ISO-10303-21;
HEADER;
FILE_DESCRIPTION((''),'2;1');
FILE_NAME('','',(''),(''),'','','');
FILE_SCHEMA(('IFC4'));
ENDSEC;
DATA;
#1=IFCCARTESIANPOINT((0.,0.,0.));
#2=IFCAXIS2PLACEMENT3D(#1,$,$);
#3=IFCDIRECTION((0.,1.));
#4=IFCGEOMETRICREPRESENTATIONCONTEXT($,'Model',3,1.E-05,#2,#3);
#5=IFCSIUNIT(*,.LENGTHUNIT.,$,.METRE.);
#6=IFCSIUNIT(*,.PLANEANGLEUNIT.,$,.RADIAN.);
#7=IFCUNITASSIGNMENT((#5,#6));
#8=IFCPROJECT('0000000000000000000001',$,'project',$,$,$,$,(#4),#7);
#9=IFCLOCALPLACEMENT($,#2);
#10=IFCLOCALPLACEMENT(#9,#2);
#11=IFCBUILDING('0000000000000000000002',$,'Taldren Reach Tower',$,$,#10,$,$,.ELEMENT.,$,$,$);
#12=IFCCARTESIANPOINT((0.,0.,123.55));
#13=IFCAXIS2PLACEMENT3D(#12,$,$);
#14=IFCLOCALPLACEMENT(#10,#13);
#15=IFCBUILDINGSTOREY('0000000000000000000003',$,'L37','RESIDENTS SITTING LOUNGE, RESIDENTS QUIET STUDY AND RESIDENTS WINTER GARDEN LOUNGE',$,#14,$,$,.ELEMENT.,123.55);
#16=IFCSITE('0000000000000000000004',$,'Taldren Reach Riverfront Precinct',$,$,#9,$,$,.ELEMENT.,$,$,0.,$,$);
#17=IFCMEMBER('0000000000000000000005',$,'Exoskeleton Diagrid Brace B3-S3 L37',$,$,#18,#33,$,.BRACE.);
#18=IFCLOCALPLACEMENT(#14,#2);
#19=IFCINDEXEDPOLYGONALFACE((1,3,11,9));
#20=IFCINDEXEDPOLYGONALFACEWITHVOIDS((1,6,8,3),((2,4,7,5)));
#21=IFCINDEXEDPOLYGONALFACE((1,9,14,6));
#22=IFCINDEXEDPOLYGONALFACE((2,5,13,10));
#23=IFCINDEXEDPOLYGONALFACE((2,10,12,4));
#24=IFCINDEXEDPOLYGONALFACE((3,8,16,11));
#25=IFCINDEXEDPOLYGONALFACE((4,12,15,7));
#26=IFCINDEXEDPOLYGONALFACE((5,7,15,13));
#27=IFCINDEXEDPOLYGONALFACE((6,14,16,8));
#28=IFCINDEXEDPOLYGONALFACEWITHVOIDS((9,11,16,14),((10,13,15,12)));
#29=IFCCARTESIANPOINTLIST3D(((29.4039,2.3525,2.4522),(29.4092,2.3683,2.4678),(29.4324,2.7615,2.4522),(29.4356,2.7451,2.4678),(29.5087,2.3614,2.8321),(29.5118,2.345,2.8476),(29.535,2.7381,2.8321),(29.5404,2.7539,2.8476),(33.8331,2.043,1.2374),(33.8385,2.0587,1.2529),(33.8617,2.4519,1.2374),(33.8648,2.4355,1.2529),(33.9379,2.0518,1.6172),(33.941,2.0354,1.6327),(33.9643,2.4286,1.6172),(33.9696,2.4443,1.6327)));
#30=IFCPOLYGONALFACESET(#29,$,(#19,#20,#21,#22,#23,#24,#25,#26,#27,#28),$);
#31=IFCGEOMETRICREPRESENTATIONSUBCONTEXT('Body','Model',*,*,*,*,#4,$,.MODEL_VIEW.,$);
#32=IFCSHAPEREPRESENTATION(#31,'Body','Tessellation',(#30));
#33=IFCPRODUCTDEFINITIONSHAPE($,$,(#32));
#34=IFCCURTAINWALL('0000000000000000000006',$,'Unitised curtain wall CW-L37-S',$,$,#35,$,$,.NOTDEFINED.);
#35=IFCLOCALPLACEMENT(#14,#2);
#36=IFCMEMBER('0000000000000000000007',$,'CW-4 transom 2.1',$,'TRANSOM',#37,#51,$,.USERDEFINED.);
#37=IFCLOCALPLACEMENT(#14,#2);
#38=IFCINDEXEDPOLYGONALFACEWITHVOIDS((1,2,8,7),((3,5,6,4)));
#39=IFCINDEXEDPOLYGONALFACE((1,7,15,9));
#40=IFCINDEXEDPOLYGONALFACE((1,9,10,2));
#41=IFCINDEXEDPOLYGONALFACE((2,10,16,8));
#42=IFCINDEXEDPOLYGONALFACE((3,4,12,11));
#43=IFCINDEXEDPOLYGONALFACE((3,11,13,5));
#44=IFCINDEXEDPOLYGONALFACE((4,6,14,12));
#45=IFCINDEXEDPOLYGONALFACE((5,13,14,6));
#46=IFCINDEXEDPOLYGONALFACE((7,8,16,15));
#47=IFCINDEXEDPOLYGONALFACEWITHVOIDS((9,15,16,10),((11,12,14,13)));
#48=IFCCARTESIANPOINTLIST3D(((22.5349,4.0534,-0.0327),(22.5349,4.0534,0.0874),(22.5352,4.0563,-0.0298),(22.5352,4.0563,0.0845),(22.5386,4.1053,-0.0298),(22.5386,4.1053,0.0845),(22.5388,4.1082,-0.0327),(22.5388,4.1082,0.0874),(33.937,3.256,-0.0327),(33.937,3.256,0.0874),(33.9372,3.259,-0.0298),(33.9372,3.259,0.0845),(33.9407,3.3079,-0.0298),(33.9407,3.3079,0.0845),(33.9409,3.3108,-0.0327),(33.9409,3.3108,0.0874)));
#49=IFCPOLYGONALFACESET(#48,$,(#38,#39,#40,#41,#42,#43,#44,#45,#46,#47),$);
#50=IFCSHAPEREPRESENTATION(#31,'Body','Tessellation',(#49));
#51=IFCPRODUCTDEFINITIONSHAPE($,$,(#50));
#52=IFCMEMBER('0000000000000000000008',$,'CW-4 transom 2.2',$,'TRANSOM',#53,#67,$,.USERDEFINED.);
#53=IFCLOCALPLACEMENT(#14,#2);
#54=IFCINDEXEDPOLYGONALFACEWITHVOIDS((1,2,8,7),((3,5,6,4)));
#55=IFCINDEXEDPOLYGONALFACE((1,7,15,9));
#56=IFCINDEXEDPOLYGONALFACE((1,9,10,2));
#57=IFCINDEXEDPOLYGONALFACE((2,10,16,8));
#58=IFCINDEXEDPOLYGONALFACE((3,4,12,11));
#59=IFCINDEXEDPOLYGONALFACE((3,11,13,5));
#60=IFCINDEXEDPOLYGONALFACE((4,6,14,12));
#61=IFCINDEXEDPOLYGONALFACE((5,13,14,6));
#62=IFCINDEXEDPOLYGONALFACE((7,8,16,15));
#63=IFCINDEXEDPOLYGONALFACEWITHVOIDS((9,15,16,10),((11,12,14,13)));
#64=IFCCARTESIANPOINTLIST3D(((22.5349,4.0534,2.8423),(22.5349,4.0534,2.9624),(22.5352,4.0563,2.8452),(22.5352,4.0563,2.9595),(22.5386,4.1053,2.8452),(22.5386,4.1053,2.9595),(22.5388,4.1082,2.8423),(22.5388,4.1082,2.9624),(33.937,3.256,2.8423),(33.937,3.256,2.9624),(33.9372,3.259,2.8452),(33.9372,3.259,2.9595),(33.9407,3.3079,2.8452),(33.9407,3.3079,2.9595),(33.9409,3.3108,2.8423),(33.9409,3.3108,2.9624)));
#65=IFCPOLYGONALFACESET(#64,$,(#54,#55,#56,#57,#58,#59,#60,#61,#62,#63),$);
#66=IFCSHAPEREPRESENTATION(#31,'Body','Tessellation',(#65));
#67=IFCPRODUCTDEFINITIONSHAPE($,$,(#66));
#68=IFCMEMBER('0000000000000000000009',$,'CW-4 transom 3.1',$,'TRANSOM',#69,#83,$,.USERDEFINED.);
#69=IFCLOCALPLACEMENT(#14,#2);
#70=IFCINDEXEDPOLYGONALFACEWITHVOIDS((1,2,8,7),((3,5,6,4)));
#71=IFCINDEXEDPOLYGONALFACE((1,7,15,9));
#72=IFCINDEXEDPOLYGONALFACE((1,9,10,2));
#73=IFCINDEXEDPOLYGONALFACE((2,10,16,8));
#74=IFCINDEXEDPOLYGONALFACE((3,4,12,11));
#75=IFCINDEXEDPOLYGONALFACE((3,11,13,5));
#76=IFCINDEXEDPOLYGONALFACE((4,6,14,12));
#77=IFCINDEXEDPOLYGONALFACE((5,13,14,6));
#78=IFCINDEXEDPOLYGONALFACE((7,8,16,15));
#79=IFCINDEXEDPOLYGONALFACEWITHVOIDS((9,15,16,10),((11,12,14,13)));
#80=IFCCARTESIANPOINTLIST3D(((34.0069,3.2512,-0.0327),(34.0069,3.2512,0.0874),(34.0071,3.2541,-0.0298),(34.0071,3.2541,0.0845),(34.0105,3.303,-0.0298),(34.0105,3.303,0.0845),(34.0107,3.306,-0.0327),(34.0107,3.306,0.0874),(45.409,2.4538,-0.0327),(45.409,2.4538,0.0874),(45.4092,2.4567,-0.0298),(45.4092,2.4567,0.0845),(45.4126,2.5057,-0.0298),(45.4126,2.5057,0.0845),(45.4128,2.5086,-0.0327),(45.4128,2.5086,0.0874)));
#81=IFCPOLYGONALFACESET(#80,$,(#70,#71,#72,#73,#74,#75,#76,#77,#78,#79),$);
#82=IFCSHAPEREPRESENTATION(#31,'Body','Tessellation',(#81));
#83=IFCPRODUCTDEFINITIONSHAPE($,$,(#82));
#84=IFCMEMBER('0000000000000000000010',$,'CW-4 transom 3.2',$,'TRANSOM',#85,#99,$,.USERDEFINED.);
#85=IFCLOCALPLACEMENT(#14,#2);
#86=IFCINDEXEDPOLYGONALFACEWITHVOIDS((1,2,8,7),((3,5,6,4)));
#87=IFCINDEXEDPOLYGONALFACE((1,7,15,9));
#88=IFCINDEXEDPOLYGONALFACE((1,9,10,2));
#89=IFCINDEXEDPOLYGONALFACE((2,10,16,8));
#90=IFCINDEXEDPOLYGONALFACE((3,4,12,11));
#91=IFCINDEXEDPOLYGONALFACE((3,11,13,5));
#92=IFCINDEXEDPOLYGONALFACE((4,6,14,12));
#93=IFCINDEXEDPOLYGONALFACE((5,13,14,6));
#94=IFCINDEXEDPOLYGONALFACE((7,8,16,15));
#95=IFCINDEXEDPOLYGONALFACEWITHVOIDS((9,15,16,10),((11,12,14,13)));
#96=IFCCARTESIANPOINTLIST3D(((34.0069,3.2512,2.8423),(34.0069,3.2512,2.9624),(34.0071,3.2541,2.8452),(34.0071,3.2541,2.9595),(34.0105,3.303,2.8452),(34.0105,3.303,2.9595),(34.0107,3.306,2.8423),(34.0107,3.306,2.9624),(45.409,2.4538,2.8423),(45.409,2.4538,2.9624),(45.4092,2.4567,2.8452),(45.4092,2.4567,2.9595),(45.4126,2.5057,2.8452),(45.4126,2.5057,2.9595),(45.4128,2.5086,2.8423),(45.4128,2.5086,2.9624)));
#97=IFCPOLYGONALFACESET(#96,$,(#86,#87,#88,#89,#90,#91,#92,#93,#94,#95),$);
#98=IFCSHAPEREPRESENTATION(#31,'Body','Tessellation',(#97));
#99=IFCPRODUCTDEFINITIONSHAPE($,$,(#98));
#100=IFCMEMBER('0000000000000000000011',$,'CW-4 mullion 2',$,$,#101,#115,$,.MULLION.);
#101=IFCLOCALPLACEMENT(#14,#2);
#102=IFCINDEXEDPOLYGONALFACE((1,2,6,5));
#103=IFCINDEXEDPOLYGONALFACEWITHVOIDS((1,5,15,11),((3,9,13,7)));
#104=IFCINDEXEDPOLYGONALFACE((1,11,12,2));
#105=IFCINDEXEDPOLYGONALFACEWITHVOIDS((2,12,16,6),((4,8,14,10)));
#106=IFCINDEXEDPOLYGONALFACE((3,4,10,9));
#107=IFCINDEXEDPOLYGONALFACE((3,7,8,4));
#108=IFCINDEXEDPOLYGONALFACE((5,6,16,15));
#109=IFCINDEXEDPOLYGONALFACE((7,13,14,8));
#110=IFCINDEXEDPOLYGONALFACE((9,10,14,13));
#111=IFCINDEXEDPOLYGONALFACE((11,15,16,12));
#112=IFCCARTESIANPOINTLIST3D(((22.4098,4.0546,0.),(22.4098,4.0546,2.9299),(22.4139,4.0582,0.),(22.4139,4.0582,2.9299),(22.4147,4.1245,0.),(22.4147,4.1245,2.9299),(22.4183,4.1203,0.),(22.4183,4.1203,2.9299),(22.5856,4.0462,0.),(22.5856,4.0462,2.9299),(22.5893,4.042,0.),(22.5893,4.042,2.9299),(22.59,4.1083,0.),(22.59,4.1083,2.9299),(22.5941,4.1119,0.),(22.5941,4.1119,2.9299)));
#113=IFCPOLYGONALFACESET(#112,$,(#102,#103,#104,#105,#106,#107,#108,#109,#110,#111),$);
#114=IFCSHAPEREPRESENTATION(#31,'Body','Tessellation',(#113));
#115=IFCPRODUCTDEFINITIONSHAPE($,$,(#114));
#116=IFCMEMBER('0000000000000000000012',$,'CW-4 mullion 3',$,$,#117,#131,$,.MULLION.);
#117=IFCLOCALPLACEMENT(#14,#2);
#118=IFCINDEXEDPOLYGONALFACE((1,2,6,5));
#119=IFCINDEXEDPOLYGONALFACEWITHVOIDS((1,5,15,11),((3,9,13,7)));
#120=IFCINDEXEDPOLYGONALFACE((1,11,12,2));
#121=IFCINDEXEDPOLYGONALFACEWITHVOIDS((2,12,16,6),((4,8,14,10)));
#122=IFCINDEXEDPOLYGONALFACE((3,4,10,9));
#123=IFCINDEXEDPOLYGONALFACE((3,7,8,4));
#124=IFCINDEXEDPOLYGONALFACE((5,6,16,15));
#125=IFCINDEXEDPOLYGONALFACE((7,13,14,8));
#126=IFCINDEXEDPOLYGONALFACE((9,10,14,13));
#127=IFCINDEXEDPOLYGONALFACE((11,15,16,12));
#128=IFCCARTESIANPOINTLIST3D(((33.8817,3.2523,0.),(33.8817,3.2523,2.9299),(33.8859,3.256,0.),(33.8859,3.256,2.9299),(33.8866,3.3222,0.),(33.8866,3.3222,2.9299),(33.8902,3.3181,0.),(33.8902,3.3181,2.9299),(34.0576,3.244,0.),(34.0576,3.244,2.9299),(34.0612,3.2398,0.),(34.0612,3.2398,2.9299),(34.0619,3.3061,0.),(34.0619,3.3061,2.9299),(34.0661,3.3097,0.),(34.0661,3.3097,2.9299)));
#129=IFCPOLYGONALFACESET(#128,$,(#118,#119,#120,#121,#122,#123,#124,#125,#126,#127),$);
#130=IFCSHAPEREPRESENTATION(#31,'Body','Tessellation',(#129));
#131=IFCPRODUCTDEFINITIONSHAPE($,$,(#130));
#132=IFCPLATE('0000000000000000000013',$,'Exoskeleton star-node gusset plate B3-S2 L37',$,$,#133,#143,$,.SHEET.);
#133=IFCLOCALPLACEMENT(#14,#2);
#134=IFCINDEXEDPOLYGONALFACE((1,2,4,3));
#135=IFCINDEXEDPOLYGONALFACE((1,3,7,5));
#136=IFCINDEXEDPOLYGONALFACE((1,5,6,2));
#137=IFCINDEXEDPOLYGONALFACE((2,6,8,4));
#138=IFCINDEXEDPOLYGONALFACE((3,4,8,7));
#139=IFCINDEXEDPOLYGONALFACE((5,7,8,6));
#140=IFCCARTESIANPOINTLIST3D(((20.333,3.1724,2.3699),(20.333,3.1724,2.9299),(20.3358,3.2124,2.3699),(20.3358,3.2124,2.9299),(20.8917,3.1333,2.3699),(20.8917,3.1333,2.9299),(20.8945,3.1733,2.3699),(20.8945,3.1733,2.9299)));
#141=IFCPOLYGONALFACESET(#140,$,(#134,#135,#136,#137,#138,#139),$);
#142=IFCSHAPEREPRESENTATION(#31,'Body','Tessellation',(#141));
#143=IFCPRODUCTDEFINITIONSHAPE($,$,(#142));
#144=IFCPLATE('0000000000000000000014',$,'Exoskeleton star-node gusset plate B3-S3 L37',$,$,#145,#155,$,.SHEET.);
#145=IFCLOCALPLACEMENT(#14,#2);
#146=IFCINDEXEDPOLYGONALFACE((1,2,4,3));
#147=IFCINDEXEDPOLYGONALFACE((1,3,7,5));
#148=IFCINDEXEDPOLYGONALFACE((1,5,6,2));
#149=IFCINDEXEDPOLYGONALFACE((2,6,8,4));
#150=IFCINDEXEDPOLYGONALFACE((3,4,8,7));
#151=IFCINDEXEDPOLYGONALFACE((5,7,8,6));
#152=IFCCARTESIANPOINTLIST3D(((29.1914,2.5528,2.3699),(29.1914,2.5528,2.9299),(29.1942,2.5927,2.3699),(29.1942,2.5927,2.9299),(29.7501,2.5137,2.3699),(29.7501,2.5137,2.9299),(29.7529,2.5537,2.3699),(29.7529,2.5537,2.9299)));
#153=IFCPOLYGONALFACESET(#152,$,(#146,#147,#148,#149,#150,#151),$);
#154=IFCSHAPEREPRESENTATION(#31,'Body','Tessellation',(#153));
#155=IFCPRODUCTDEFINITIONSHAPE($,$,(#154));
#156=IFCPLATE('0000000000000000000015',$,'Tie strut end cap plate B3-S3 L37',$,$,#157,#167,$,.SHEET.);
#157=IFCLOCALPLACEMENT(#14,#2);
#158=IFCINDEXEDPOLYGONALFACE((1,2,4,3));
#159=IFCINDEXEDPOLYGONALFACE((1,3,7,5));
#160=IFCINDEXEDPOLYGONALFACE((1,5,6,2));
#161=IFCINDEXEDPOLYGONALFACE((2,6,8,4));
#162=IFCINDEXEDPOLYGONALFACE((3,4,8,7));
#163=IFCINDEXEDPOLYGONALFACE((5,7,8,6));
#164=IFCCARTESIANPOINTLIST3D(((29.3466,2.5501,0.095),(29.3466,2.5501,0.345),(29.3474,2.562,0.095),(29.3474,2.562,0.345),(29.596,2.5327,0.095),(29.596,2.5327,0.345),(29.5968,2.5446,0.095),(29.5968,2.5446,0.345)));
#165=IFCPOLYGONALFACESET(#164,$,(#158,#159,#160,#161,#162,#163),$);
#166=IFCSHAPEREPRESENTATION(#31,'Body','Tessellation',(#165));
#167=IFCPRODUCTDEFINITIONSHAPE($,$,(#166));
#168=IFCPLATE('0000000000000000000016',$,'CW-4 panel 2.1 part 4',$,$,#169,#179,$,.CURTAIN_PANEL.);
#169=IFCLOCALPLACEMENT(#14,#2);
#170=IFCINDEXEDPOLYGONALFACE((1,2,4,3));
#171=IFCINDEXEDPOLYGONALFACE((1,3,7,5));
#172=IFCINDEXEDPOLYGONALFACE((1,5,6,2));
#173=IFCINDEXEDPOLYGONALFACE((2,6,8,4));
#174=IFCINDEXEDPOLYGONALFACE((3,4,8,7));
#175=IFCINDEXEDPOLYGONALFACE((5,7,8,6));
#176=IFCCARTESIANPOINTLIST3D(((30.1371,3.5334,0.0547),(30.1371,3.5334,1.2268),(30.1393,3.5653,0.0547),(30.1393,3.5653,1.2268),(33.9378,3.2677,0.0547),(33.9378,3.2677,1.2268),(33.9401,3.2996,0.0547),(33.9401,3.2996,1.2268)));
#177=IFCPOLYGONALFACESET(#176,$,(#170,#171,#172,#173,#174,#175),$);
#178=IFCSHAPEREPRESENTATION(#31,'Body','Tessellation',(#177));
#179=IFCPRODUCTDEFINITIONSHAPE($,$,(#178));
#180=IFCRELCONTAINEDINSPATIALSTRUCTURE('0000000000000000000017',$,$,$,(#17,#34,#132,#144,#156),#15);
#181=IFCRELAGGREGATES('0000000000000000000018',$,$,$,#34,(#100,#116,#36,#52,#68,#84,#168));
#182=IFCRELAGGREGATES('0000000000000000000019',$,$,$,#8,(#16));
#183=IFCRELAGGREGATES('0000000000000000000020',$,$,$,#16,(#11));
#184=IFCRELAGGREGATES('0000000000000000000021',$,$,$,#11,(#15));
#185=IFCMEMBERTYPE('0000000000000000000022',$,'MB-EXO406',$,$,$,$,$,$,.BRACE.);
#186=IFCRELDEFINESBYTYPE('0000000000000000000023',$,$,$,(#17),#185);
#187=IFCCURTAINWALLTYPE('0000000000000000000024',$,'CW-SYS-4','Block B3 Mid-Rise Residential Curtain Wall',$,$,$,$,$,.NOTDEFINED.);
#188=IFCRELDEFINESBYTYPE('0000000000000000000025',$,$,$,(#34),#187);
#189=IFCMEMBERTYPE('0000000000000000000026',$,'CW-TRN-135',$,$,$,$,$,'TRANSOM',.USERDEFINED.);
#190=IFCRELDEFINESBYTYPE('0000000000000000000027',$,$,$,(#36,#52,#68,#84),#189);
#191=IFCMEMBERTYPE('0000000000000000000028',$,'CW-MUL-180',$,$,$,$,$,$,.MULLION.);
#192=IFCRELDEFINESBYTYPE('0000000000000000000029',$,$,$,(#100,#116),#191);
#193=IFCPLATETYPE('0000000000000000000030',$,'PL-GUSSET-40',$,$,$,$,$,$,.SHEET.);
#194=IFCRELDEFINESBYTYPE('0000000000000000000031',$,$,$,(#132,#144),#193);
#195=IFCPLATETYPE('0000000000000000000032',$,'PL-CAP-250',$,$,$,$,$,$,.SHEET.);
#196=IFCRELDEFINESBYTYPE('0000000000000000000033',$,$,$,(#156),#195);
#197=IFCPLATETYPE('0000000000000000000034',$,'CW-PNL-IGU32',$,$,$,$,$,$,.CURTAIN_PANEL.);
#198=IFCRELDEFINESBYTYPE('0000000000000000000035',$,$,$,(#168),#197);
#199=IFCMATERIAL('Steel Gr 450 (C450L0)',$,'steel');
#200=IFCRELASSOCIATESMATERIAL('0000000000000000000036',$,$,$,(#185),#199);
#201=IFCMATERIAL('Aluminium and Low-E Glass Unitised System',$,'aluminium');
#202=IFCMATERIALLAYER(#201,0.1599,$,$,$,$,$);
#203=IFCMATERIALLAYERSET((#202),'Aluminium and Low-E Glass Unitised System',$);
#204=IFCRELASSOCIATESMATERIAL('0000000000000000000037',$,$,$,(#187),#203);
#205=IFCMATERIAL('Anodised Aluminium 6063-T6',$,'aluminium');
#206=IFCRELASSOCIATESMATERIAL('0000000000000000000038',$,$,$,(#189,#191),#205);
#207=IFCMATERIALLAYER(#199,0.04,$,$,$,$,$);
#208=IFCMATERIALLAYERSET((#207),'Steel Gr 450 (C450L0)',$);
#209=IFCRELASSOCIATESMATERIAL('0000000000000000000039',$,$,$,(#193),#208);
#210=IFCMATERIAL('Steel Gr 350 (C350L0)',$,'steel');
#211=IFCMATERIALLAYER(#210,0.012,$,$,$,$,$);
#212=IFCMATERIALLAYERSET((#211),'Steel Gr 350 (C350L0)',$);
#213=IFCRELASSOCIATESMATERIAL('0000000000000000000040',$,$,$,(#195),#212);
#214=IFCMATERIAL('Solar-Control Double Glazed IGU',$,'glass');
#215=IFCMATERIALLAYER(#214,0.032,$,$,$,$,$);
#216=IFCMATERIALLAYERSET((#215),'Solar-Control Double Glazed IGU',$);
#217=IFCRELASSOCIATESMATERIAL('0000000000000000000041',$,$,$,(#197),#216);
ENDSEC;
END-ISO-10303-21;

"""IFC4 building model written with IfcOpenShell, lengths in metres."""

from ifc_helpers import new_model, si_unit, direction, frame, origin, origin_2d, place, context, subcontext, project, spatial, rectangle, hollow_rectangle, extrude, source, transform, mapped, material, layer, layer_set, material_profile, profile_set, type_object, element, aggregate, save


model = new_model("IFC4")

# Units and contexts
model_context = context("Model", 3, precision=1e-05, world=origin(), true_north=direction((0.0, 1.0)))
body_context = subcontext(model_context, "Body", "Model", "MODEL_VIEW")
ifc_project = project(units=[si_unit("LENGTHUNIT", "METRE"), si_unit("PLANEANGLEUNIT", "RADIAN")], contexts=[model_context])

# Site, building, storey
site_placement = place(None, origin())
site = spatial("IfcSite", under=ifc_project, at=site_placement, Name="Taldren Reach Riverfront Precinct", CompositionType="ELEMENT", RefElevation=0.0)
building_placement = place(site_placement, origin())
building = spatial("IfcBuilding", under=site, at=building_placement, Name="Taldren Reach Tower", CompositionType="ELEMENT")
storey_placement = place(building_placement, frame((0.0, 0.0, 123.55)))
storey = spatial("IfcBuildingStorey", under=building, at=storey_placement, Name="L37", Description="RESIDENTS SITTING LOUNGE, RESIDENTS QUIET STUDY AND RESIDENTS WINTER GARDEN LOUNGE", CompositionType="ELEMENT", Elevation=123.55)

# Shared definitions
ifc_material_1 = material(Name="Steel Gr 450 (C450L0)", Category="steel")
ifc_material_2 = material(Name="Steel Gr 350 (C350L0)", Category="steel")

# Member
ifc_material_profile_1 = material_profile(ifc_material_1, hollow_rectangle(XDim=0.4099, YDim=0.4099, WallThickness=0.0161, at=origin_2d()), Name="410x410x16.0SHS")
ifc_profile_set_1 = profile_set([ifc_material_profile_1], Name="Steel Gr 450 (C450L0)")
member_type_1 = type_object("IfcMemberType", Name="MB-EXO406", PredefinedType="BRACE", material=ifc_profile_set_1)
shared_shape_1 = source(origin(), body_context, "Body", "SweptSolid", [
    extrude(hollow_rectangle(XDim=0.4099, YDim=0.4099, WallThickness=0.0161, at=origin_2d()), origin(), (0.0, 0.0, 1.0), 4.6033),
])
for number, where, z_axis, x_axis, name in (
    (1, (33.9014, 2.2437, 1.4351), (-0.962199, 0.067251, 0.263913), (-0.069723, -0.997566, 0.0), "Exoskeleton Diagrid Brace B3-S3 L37"),
):
    element("IfcMember", number, at=place(storey_placement, frame(where, z_axis=z_axis, x_axis=x_axis)), inside=storey, type_object=member_type_1, Name=name, PredefinedType="BRACE", context=body_context, shape_type="MappedRepresentation", body=[
        mapped(shared_shape_1, transform((0.0, 0.0, 0.0), scale=1.0)),
    ])

# Curtain wall, members
ifc_material_3 = material(Name="Aluminium and Low-E Glass Unitised System", Category="aluminium")
ifc_layer_1 = layer(ifc_material_3, 0.1599)
ifc_layer_set_1 = layer_set([ifc_layer_1], Name="Aluminium and Low-E Glass Unitised System")
curtain_wall_type = type_object("IfcCurtainWallType", Name="CW-SYS-4", Description="Block B3 Mid-Rise Residential Curtain Wall", PredefinedType="NOTDEFINED", material=ifc_layer_set_1)
curtain_wall_placement = place(storey_placement, origin())
curtain_wall = element("IfcCurtainWall", 2, at=curtain_wall_placement, inside=storey, type_object=curtain_wall_type, Name="Unitised curtain wall CW-L37-S", PredefinedType="NOTDEFINED")
ifc_material_4 = material(Name="Anodised Aluminium 6063-T6", Category="aluminium")
ifc_material_profile_2 = material_profile(ifc_material_4, hollow_rectangle(XDim=0.0549, YDim=0.1201, WallThickness=0.0029, at=origin_2d()), Name="ALU-120x55x3RHS")
ifc_profile_set_2 = profile_set([ifc_material_profile_2], Name="Anodised Aluminium 6063-T6")
member_type_2 = type_object("IfcMemberType", Name="CW-TRN-135", ElementType="TRANSOM", PredefinedType="USERDEFINED", material=ifc_profile_set_2)
shared_shape_2 = source(origin(), body_context, "Body", "SweptSolid", [
    extrude(hollow_rectangle(XDim=0.0549, YDim=0.1201, WallThickness=0.0029, at=origin_2d()), origin(), (0.0, 0.0, 1.0), 11.4299),
])
member_1_placement = place(storey_placement, frame((22.5369, 4.0808, 0.0273), z_axis=(0.997564, -0.069761, 0.0), x_axis=(0.069761, 0.997564, 0.0)))
member_1 = element("IfcMember", 3, at=member_1_placement, type_object=member_type_2, Name="CW-4 transom 2.1", ObjectType="TRANSOM", PredefinedType="USERDEFINED", context=body_context, shape_type="MappedRepresentation", body=[
    mapped(shared_shape_2, transform((0.0, 0.0, 0.0), scale=1.0)),
])
member_2_placement = place(storey_placement, frame((22.5369, 4.0808, 2.9023), z_axis=(0.997564, -0.069761, 0.0), x_axis=(0.069761, 0.997564, 0.0)))
member_2 = element("IfcMember", 4, at=member_2_placement, type_object=member_type_2, Name="CW-4 transom 2.2", ObjectType="TRANSOM", PredefinedType="USERDEFINED", context=body_context, shape_type="MappedRepresentation", body=[
    mapped(shared_shape_2, transform((0.0, 0.0, 0.0), scale=1.0)),
])
member_3_placement = place(storey_placement, frame((34.0088, 3.2786, 0.0273), z_axis=(0.997564, -0.069761, 0.0), x_axis=(0.069761, 0.997564, 0.0)))
member_3 = element("IfcMember", 5, at=member_3_placement, type_object=member_type_2, Name="CW-4 transom 3.1", ObjectType="TRANSOM", PredefinedType="USERDEFINED", context=body_context, shape_type="MappedRepresentation", body=[
    mapped(shared_shape_2, transform((0.0, 0.0, 0.0), scale=1.0)),
])
member_4_placement = place(storey_placement, frame((34.0088, 3.2786, 2.9023), z_axis=(0.997564, -0.069761, 0.0), x_axis=(0.069761, 0.997564, 0.0)))
member_4 = element("IfcMember", 6, at=member_4_placement, type_object=member_type_2, Name="CW-4 transom 3.2", ObjectType="TRANSOM", PredefinedType="USERDEFINED", context=body_context, shape_type="MappedRepresentation", body=[
    mapped(shared_shape_2, transform((0.0, 0.0, 0.0), scale=1.0)),
])
ifc_material_profile_3 = material_profile(ifc_material_4, hollow_rectangle(XDim=0.0701, YDim=0.1799, WallThickness=0.0039, at=origin_2d()), Name="ALU-180x70x4RHS")
ifc_profile_set_3 = profile_set([ifc_material_profile_3], Name="Anodised Aluminium 6063-T6")
member_type_3 = type_object("IfcMemberType", Name="CW-MUL-180", PredefinedType="MULLION", material=ifc_profile_set_3)
shared_shape_3 = source(origin(), body_context, "Body", "SweptSolid", [
    extrude(hollow_rectangle(XDim=0.0701, YDim=0.1799, WallThickness=0.0039, at=origin_2d()), origin(), (0.0, 0.0, 1.0), 2.9299),
])
member_5_placement = place(storey_placement, frame((22.502, 4.0833, 0.0), z_axis=(0.0, 0.0, 1.0), x_axis=(0.069757, 0.997564, 0.0)))
member_5 = element("IfcMember", 7, at=member_5_placement, type_object=member_type_3, Name="CW-4 mullion 2", PredefinedType="MULLION", context=body_context, shape_type="MappedRepresentation", body=[
    mapped(shared_shape_3, transform((0.0, 0.0, 0.0), scale=1.0)),
])
member_6_placement = place(storey_placement, frame((33.9739, 3.281, 0.0), z_axis=(0.0, 0.0, 1.0), x_axis=(0.069757, 0.997564, 0.0)))
member_6 = element("IfcMember", 8, at=member_6_placement, type_object=member_type_3, Name="CW-4 mullion 3", PredefinedType="MULLION", context=body_context, shape_type="MappedRepresentation", body=[
    mapped(shared_shape_3, transform((0.0, 0.0, 0.0), scale=1.0)),
])

# Plates
ifc_layer_2 = layer(ifc_material_1, 0.04)
ifc_layer_set_2 = layer_set([ifc_layer_2], Name="Steel Gr 450 (C450L0)")
plate_type_1 = type_object("IfcPlateType", Name="PL-GUSSET-40", PredefinedType="SHEET", material=ifc_layer_set_2)
shared_shape_4 = source(origin(), body_context, "Body", "SweptSolid", [
    extrude(rectangle(XDim=0.5601, YDim=0.04, at=origin_2d()), origin(), (0.0, 0.0, 1.0), 0.5601),
])
for number, where, z_axis, x_axis, name in (
    (9, (20.6138, 3.1729, 2.3699), (0.0, 0.0, 1.0), (0.997564, -0.069756, 0.0), "Exoskeleton star-node gusset plate B3-S2 L37"),
    (10, (29.4722, 2.5532, 2.3699), (0.0, 0.0, 1.0), (0.997564, -0.069756, 0.0), "Exoskeleton star-node gusset plate B3-S3 L37"),
):
    element("IfcPlate", number, at=place(storey_placement, frame(where, z_axis=z_axis, x_axis=x_axis)), inside=storey, type_object=plate_type_1, Name=name, PredefinedType="SHEET", context=body_context, shape_type="MappedRepresentation", body=[
        mapped(shared_shape_4, transform((0.0, 0.0, 0.0), scale=1.0)),
    ])
ifc_layer_3 = layer(ifc_material_2, 0.012)
ifc_layer_set_3 = layer_set([ifc_layer_3], Name="Steel Gr 350 (C350L0)")
plate_type_2 = type_object("IfcPlateType", Name="PL-CAP-250", PredefinedType="SHEET", material=ifc_layer_set_3)
shared_shape_5 = source(origin(), body_context, "Body", "SweptSolid", [
    extrude(rectangle(XDim=0.25, YDim=0.012, at=origin_2d()), origin(), (0.0, 0.0, 1.0), 0.25),
])
plate_1_placement = place(storey_placement, frame((29.4717, 2.5474, 0.095), z_axis=(0.0, 0.0, 1.0), x_axis=(0.997564, -0.069756, 0.0)))
element("IfcPlate", 11, at=plate_1_placement, inside=storey, type_object=plate_type_2, Name="Tie strut end cap plate B3-S3 L37", PredefinedType="SHEET", context=body_context, shape_type="MappedRepresentation", body=[
    mapped(shared_shape_5, transform((0.0, 0.0, 0.0), scale=1.0)),
])

# Plate
ifc_material_5 = material(Name="Solar-Control Double Glazed IGU", Category="glass")
ifc_layer_4 = layer(ifc_material_5, 0.032)
ifc_layer_set_4 = layer_set([ifc_layer_4], Name="Solar-Control Double Glazed IGU")
plate_type_3 = type_object("IfcPlateType", Name="CW-PNL-IGU32", PredefinedType="CURTAIN_PANEL", material=ifc_layer_set_4)
shared_shape_6 = source(origin(), body_context, "Body", "SweptSolid", [
    extrude(rectangle(XDim=3.8101, YDim=0.032, at=origin_2d()), origin(), (0.0, 0.0, 1.0), 1.1721),
])
plate_2_placement = place(storey_placement, frame((32.0386, 3.4165, 0.0547), z_axis=(0.0, 0.0, 1.0), x_axis=(0.997564, -0.069757, 0.0)))
plate_2 = element("IfcPlate", 12, at=plate_2_placement, type_object=plate_type_3, Name="CW-4 panel 2.1 part 4", PredefinedType="CURTAIN_PANEL", context=body_context, shape_type="MappedRepresentation", body=[
    mapped(shared_shape_6, transform((0.0, 0.0, 0.0), scale=1.0)),
])
aggregate(curtain_wall, [member_5, member_6, member_1, member_2, member_3, member_4, plate_2])

save(model, "model.ifc")
